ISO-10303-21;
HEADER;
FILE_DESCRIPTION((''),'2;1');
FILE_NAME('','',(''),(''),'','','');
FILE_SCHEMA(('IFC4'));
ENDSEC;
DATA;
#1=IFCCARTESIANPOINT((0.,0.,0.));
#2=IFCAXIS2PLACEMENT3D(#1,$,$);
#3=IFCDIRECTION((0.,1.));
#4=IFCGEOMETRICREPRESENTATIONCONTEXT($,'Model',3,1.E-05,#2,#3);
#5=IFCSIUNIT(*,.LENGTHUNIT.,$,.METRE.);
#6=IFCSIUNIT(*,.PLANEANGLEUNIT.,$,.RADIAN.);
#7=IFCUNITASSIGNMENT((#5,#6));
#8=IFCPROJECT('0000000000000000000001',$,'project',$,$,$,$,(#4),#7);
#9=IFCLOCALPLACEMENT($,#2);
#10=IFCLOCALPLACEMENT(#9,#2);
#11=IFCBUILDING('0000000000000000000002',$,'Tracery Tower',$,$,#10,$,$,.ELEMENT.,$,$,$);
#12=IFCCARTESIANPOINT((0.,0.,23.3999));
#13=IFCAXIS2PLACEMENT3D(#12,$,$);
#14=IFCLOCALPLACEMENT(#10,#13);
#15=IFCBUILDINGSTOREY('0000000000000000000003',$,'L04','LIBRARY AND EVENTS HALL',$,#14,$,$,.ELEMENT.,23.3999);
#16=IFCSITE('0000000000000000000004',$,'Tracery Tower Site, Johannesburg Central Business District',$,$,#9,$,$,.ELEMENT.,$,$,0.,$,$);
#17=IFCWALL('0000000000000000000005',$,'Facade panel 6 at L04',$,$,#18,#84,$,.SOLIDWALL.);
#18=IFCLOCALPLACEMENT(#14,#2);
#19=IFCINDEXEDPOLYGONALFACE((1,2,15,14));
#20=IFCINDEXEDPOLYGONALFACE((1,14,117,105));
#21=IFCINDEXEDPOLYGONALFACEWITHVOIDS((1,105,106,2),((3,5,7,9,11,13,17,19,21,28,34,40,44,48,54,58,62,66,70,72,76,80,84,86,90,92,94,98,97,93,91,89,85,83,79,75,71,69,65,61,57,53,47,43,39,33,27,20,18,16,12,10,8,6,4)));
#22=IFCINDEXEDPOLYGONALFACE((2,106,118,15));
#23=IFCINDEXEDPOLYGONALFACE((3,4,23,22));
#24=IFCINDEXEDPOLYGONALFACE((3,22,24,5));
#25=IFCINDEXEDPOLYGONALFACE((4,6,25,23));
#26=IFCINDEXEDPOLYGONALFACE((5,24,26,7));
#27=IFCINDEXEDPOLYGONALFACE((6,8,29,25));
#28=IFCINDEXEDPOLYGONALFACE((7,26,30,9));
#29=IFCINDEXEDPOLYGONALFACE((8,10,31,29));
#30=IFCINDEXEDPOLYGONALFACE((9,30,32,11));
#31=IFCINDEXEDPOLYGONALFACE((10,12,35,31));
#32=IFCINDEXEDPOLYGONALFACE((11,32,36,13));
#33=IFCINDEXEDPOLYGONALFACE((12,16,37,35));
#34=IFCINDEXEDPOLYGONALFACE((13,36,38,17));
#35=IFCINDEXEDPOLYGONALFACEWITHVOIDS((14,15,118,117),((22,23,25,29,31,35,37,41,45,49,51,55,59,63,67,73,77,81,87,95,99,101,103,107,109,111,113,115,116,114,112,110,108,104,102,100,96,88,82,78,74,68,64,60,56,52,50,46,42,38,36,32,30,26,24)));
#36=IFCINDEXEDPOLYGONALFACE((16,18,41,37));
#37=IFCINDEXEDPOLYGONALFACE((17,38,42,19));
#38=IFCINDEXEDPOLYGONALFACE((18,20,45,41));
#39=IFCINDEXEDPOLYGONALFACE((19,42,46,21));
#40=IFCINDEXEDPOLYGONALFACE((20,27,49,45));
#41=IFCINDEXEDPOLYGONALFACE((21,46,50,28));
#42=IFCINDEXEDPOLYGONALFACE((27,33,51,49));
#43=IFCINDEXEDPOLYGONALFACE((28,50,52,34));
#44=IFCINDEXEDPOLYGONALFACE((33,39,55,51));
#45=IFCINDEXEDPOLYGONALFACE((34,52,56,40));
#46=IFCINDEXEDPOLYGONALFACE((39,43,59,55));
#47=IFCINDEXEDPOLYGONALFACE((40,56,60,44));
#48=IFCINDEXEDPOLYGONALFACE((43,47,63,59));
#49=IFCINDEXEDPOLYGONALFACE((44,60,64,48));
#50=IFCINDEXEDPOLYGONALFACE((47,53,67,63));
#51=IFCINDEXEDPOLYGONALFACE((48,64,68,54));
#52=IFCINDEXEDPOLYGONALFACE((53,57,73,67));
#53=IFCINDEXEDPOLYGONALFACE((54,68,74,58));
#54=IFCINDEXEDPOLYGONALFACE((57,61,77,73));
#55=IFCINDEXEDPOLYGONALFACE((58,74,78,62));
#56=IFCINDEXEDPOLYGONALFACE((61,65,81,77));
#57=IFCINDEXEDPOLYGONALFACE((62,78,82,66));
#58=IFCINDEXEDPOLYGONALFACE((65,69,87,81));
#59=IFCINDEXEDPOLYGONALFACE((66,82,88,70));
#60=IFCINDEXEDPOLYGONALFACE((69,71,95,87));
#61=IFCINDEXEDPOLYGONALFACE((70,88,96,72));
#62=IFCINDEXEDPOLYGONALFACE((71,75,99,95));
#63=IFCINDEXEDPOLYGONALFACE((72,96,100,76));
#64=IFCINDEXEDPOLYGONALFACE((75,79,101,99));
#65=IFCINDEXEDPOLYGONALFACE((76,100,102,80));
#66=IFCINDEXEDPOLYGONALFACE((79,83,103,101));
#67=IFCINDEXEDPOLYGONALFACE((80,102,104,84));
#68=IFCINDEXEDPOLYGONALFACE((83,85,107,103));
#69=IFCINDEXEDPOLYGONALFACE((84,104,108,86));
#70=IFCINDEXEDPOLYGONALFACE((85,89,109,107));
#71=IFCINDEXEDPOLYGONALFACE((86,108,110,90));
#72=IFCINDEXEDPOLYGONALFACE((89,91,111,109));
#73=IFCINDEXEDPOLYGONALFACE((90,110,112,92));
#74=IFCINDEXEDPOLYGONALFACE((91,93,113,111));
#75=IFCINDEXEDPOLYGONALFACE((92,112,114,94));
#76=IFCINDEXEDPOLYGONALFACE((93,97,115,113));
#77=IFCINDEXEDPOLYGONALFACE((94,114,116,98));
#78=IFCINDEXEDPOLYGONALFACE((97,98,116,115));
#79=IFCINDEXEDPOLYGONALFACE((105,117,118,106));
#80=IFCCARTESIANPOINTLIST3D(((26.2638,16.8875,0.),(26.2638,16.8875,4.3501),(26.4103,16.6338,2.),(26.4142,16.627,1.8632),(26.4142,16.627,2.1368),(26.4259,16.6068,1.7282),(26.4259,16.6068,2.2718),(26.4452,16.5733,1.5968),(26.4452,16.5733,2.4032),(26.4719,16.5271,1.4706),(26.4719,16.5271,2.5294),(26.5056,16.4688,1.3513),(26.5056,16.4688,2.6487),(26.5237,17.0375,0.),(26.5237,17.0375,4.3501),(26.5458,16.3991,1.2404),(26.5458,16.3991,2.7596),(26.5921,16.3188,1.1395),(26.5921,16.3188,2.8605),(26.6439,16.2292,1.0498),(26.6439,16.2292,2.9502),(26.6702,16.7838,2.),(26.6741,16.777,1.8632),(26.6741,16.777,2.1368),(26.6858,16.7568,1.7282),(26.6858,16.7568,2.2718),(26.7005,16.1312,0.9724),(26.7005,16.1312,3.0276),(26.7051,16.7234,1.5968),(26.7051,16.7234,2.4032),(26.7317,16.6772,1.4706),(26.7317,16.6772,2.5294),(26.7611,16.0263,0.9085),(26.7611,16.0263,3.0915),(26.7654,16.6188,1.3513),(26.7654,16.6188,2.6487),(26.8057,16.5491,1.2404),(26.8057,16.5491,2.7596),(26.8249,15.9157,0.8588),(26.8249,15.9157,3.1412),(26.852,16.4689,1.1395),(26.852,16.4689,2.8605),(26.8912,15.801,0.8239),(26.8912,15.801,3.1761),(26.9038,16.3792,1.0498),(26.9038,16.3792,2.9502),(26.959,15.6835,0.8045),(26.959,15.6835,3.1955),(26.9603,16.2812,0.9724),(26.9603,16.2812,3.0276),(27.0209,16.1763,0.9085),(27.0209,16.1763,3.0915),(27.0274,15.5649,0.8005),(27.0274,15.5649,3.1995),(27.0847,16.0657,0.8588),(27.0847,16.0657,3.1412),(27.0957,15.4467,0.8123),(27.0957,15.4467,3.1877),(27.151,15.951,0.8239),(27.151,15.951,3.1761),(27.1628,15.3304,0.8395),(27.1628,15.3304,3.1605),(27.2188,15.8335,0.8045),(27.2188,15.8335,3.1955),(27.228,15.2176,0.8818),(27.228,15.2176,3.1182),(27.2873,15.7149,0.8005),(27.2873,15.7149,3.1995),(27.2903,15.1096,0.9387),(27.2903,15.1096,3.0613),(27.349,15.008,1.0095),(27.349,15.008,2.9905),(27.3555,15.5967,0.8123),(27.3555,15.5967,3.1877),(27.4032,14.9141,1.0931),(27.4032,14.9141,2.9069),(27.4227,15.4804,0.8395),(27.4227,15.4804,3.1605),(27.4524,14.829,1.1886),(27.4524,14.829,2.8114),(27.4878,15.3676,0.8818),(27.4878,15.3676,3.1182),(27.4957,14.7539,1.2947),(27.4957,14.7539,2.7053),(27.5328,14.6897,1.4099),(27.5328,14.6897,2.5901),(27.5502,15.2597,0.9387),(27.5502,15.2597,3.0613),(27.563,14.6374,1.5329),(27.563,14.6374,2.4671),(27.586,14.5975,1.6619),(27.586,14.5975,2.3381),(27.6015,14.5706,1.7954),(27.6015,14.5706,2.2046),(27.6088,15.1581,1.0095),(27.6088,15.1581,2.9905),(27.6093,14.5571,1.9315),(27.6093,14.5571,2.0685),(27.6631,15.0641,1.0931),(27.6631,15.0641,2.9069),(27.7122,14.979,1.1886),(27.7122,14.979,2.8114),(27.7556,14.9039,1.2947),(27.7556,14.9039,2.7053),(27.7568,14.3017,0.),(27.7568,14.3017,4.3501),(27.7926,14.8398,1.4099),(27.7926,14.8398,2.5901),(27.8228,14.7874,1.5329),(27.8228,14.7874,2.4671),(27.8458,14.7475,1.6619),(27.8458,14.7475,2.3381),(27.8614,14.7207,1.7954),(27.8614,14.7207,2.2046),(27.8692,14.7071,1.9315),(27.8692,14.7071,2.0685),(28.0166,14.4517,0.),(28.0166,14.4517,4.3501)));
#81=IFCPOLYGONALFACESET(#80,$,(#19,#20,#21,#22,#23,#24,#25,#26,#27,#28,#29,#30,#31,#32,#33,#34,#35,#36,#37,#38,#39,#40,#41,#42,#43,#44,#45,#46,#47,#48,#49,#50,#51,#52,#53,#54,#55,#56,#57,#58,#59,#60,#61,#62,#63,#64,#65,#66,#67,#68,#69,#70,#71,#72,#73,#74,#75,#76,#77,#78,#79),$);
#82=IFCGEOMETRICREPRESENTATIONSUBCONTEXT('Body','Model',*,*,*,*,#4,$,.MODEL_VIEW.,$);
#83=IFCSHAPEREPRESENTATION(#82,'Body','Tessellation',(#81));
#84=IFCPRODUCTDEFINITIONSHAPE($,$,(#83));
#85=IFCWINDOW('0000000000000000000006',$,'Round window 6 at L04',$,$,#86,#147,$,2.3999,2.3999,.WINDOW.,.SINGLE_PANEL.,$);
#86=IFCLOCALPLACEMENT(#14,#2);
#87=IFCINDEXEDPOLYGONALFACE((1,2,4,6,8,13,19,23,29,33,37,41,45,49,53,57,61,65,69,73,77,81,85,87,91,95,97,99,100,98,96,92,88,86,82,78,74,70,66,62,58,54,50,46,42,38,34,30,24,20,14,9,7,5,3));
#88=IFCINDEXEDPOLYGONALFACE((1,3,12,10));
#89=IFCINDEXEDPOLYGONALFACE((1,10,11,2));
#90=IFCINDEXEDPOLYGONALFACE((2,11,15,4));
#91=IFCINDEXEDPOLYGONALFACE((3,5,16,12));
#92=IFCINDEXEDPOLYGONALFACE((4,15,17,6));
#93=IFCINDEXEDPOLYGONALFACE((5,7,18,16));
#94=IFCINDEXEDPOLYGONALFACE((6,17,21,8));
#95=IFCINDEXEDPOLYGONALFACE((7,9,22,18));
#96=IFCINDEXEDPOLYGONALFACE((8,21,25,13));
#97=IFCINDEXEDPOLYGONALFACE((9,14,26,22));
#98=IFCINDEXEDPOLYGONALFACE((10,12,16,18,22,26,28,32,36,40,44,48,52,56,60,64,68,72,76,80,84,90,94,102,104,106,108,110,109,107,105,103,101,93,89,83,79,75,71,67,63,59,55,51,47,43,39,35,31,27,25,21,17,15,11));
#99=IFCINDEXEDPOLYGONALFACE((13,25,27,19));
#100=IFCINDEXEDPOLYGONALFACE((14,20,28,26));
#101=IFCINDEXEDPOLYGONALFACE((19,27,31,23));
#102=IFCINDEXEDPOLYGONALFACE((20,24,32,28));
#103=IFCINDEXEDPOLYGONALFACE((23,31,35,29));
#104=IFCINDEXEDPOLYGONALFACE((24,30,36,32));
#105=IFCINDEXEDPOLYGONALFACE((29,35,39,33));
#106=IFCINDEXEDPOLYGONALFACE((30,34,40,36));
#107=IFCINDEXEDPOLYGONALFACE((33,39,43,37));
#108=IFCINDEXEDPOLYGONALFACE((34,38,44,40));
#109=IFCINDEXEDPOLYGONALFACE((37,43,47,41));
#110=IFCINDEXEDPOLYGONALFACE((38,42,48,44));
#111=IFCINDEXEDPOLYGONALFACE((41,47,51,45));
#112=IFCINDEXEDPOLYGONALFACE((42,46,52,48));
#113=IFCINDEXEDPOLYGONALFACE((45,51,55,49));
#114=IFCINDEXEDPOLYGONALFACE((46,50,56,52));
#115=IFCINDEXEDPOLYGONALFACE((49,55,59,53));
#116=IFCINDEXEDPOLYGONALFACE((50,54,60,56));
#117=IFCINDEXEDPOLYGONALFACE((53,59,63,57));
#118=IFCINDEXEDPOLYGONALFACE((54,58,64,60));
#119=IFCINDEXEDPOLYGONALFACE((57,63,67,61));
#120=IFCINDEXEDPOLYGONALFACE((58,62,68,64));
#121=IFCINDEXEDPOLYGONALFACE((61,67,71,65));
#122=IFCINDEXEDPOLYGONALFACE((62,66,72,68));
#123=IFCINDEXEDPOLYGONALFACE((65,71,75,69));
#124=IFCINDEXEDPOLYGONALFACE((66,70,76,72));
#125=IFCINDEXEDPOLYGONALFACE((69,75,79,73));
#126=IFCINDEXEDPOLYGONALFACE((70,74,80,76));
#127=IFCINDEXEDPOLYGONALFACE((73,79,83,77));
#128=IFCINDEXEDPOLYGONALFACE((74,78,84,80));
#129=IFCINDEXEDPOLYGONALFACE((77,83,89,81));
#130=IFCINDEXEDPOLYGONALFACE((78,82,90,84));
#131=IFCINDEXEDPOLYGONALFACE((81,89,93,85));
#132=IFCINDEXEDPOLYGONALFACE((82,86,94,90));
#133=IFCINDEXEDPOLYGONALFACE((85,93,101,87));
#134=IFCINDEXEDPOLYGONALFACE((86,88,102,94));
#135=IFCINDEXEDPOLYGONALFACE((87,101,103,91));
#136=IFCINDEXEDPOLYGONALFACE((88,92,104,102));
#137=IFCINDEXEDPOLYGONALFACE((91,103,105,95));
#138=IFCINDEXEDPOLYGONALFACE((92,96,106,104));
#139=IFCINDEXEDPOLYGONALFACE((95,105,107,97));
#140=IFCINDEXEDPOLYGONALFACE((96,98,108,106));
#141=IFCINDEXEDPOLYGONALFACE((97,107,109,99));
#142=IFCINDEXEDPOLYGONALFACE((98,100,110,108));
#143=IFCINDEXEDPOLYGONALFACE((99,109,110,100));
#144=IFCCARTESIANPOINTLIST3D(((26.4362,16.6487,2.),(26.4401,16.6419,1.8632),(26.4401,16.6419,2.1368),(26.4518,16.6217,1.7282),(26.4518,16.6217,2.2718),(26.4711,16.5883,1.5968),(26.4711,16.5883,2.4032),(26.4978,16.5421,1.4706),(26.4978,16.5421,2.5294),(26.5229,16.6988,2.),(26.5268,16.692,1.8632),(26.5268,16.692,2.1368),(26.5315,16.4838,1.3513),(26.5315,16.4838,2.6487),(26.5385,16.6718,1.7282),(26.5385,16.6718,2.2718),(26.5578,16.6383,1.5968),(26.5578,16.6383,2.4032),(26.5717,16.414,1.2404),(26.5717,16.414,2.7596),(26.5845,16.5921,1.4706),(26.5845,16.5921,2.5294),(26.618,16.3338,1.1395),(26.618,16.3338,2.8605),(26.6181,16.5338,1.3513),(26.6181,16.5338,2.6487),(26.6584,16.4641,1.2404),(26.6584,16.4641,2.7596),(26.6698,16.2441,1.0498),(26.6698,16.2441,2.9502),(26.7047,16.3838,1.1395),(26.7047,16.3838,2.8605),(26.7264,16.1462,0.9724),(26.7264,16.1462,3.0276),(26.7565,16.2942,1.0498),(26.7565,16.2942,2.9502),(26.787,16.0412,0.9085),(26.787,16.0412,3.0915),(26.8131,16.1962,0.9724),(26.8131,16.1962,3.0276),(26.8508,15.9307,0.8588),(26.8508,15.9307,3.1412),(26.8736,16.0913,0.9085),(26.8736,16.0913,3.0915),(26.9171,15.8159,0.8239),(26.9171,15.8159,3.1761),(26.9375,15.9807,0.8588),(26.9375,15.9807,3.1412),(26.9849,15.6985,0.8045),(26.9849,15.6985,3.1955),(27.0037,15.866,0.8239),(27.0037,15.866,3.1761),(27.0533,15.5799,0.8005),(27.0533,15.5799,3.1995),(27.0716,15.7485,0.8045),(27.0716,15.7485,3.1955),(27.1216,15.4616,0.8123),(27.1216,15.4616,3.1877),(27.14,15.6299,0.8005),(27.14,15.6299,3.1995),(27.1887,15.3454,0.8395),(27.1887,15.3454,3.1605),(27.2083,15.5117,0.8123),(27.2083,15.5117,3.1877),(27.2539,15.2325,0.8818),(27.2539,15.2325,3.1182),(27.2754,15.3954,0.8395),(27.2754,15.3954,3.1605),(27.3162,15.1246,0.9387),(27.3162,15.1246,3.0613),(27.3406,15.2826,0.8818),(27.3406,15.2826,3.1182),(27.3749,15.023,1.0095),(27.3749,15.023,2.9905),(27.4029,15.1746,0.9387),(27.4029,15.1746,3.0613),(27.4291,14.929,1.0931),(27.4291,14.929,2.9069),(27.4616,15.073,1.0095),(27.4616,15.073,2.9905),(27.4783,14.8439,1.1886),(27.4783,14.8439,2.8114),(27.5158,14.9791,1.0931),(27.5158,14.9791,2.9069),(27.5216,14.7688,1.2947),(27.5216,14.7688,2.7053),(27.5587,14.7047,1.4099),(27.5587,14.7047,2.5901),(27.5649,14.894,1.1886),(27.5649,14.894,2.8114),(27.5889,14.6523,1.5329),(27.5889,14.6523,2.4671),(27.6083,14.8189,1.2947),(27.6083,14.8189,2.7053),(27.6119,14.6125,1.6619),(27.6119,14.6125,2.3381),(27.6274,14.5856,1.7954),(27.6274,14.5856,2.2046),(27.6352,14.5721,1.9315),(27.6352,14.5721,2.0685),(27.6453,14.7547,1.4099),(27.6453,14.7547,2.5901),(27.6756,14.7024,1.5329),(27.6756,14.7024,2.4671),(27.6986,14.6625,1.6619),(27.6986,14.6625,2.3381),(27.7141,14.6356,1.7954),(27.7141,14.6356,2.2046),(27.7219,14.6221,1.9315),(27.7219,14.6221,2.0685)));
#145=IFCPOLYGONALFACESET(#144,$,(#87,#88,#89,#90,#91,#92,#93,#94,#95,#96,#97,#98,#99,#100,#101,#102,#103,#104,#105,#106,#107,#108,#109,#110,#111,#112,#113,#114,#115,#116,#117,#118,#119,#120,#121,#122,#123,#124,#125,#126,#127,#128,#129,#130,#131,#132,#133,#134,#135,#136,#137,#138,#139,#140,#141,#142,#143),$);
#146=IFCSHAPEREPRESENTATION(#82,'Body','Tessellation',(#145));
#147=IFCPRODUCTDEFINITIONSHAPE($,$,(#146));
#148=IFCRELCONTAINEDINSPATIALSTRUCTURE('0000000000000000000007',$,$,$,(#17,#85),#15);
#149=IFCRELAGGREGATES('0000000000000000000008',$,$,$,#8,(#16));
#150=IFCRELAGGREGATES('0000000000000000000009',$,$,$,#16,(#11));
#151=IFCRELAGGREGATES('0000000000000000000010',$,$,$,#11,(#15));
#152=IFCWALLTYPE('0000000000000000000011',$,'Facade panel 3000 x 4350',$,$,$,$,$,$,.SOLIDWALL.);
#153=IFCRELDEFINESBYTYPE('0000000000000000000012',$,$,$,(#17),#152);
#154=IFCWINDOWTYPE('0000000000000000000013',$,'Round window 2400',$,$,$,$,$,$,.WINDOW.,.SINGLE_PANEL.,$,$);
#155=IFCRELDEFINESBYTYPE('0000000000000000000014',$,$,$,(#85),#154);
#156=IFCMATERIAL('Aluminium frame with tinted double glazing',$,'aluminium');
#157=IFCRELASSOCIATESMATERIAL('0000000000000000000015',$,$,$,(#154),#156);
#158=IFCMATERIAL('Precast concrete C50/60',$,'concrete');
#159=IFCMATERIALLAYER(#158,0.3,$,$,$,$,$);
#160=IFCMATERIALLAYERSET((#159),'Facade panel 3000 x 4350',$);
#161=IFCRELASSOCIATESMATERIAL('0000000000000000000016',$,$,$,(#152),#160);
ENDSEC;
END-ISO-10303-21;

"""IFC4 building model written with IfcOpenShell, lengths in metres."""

from ifc_helpers import new_model, si_unit, direction, frame, frame_2d, origin, origin_2d, place, context, subcontext, project, spatial, rectangle, circle, extrude, material, layer, layer_set, type_object, element, fill, save


model = new_model("IFC4")

# Units and contexts
model_context = context("Model", 3, precision=1e-05, world=origin(), true_north=direction((0.0, 1.0)))
body_context = subcontext(model_context, "Body", "Model", "MODEL_VIEW")
ifc_project = project(units=[si_unit("LENGTHUNIT", "METRE"), si_unit("PLANEANGLEUNIT", "RADIAN")], contexts=[model_context])

# Site, building, storey
site_placement = place(None, origin())
site = spatial("IfcSite", under=ifc_project, at=site_placement, Name="Tracery Tower Site, Johannesburg Central Business District", CompositionType="ELEMENT", RefElevation=0.0)
building_placement = place(site_placement, origin())
building = spatial("IfcBuilding", under=site, at=building_placement, Name="Tracery Tower", CompositionType="ELEMENT")
storey_placement = place(building_placement, frame((0.0, 0.0, 23.3999)))
storey = spatial("IfcBuildingStorey", under=building, at=storey_placement, Name="L04", Description="LIBRARY AND EVENTS HALL", CompositionType="ELEMENT", Elevation=23.3999)

# Wall, opening, window
ifc_material_1 = material(Name="Aluminium frame with tinted double glazing", Category="aluminium")
window_type = type_object("IfcWindowType", Name="Round window 2400", PartitioningType="SINGLE_PANEL", PredefinedType="WINDOW", material=ifc_material_1)
ifc_material_2 = material(Name="Precast concrete C50/60", Category="concrete")
ifc_layer_1 = layer(ifc_material_2, 0.3)
ifc_layer_set_1 = layer_set([ifc_layer_1], Name="Facade panel 3000 x 4350")
wall_type_1 = type_object("IfcWallType", Name="Facade panel 3000 x 4350", PredefinedType="SOLIDWALL", material=ifc_layer_set_1)
wall_1_placement = place(storey_placement, frame((27.8867, 14.3767, 0.0), z_axis=(0.0, 0.0, 1.0), x_axis=(-0.500017, 0.866015, 0.0)))
wall_1 = element("IfcWall", 1, at=wall_1_placement, inside=storey, type_object=wall_type_1, Name="Facade panel 6 at L04", PredefinedType="SOLIDWALL", context=body_context, shape_type="SweptSolid", body=[
    extrude(rectangle(XDim=2.9858, YDim=0.3, at=frame_2d((1.4929, 0.0))), origin(), (0.0, 0.0, 1.0), 4.3501),
])
opening_1_placement = place(wall_1_placement, frame((1.4929, 0.0, 2.0)))
opening_1 = element("IfcOpeningElement", 2, at=opening_1_placement, cuts=wall_1, PredefinedType="OPENING", context=body_context, shape_type="SweptSolid", body=[
    extrude(circle(Radius=1.2, at=origin_2d()), frame((0.0, 0.1599, 0.0), z_axis=(0.0, -1.0, 0.0), x_axis=(1.0, 0.0, 0.0)), (0.0, 0.0, 1.0), 0.3201),
])
window_1_placement = place(opening_1_placement, origin())
window_1 = element("IfcWindow", 3, at=window_1_placement, inside=storey, type_object=window_type, Name="Round window 6 at L04", OverallHeight=2.3999, OverallWidth=2.3999, PartitioningType="SINGLE_PANEL", PredefinedType="WINDOW", context=body_context, shape_type="SweptSolid", body=[
    extrude(circle(Radius=1.2, at=origin_2d()), frame((0.0, 0.1201, 0.0), z_axis=(0.0, -1.0, 0.0), x_axis=(1.0, 0.0, 0.0)), (0.0, 0.0, 1.0), 0.1001),
])
fill(opening_1, window_1)

save(model, "model.ifc")
